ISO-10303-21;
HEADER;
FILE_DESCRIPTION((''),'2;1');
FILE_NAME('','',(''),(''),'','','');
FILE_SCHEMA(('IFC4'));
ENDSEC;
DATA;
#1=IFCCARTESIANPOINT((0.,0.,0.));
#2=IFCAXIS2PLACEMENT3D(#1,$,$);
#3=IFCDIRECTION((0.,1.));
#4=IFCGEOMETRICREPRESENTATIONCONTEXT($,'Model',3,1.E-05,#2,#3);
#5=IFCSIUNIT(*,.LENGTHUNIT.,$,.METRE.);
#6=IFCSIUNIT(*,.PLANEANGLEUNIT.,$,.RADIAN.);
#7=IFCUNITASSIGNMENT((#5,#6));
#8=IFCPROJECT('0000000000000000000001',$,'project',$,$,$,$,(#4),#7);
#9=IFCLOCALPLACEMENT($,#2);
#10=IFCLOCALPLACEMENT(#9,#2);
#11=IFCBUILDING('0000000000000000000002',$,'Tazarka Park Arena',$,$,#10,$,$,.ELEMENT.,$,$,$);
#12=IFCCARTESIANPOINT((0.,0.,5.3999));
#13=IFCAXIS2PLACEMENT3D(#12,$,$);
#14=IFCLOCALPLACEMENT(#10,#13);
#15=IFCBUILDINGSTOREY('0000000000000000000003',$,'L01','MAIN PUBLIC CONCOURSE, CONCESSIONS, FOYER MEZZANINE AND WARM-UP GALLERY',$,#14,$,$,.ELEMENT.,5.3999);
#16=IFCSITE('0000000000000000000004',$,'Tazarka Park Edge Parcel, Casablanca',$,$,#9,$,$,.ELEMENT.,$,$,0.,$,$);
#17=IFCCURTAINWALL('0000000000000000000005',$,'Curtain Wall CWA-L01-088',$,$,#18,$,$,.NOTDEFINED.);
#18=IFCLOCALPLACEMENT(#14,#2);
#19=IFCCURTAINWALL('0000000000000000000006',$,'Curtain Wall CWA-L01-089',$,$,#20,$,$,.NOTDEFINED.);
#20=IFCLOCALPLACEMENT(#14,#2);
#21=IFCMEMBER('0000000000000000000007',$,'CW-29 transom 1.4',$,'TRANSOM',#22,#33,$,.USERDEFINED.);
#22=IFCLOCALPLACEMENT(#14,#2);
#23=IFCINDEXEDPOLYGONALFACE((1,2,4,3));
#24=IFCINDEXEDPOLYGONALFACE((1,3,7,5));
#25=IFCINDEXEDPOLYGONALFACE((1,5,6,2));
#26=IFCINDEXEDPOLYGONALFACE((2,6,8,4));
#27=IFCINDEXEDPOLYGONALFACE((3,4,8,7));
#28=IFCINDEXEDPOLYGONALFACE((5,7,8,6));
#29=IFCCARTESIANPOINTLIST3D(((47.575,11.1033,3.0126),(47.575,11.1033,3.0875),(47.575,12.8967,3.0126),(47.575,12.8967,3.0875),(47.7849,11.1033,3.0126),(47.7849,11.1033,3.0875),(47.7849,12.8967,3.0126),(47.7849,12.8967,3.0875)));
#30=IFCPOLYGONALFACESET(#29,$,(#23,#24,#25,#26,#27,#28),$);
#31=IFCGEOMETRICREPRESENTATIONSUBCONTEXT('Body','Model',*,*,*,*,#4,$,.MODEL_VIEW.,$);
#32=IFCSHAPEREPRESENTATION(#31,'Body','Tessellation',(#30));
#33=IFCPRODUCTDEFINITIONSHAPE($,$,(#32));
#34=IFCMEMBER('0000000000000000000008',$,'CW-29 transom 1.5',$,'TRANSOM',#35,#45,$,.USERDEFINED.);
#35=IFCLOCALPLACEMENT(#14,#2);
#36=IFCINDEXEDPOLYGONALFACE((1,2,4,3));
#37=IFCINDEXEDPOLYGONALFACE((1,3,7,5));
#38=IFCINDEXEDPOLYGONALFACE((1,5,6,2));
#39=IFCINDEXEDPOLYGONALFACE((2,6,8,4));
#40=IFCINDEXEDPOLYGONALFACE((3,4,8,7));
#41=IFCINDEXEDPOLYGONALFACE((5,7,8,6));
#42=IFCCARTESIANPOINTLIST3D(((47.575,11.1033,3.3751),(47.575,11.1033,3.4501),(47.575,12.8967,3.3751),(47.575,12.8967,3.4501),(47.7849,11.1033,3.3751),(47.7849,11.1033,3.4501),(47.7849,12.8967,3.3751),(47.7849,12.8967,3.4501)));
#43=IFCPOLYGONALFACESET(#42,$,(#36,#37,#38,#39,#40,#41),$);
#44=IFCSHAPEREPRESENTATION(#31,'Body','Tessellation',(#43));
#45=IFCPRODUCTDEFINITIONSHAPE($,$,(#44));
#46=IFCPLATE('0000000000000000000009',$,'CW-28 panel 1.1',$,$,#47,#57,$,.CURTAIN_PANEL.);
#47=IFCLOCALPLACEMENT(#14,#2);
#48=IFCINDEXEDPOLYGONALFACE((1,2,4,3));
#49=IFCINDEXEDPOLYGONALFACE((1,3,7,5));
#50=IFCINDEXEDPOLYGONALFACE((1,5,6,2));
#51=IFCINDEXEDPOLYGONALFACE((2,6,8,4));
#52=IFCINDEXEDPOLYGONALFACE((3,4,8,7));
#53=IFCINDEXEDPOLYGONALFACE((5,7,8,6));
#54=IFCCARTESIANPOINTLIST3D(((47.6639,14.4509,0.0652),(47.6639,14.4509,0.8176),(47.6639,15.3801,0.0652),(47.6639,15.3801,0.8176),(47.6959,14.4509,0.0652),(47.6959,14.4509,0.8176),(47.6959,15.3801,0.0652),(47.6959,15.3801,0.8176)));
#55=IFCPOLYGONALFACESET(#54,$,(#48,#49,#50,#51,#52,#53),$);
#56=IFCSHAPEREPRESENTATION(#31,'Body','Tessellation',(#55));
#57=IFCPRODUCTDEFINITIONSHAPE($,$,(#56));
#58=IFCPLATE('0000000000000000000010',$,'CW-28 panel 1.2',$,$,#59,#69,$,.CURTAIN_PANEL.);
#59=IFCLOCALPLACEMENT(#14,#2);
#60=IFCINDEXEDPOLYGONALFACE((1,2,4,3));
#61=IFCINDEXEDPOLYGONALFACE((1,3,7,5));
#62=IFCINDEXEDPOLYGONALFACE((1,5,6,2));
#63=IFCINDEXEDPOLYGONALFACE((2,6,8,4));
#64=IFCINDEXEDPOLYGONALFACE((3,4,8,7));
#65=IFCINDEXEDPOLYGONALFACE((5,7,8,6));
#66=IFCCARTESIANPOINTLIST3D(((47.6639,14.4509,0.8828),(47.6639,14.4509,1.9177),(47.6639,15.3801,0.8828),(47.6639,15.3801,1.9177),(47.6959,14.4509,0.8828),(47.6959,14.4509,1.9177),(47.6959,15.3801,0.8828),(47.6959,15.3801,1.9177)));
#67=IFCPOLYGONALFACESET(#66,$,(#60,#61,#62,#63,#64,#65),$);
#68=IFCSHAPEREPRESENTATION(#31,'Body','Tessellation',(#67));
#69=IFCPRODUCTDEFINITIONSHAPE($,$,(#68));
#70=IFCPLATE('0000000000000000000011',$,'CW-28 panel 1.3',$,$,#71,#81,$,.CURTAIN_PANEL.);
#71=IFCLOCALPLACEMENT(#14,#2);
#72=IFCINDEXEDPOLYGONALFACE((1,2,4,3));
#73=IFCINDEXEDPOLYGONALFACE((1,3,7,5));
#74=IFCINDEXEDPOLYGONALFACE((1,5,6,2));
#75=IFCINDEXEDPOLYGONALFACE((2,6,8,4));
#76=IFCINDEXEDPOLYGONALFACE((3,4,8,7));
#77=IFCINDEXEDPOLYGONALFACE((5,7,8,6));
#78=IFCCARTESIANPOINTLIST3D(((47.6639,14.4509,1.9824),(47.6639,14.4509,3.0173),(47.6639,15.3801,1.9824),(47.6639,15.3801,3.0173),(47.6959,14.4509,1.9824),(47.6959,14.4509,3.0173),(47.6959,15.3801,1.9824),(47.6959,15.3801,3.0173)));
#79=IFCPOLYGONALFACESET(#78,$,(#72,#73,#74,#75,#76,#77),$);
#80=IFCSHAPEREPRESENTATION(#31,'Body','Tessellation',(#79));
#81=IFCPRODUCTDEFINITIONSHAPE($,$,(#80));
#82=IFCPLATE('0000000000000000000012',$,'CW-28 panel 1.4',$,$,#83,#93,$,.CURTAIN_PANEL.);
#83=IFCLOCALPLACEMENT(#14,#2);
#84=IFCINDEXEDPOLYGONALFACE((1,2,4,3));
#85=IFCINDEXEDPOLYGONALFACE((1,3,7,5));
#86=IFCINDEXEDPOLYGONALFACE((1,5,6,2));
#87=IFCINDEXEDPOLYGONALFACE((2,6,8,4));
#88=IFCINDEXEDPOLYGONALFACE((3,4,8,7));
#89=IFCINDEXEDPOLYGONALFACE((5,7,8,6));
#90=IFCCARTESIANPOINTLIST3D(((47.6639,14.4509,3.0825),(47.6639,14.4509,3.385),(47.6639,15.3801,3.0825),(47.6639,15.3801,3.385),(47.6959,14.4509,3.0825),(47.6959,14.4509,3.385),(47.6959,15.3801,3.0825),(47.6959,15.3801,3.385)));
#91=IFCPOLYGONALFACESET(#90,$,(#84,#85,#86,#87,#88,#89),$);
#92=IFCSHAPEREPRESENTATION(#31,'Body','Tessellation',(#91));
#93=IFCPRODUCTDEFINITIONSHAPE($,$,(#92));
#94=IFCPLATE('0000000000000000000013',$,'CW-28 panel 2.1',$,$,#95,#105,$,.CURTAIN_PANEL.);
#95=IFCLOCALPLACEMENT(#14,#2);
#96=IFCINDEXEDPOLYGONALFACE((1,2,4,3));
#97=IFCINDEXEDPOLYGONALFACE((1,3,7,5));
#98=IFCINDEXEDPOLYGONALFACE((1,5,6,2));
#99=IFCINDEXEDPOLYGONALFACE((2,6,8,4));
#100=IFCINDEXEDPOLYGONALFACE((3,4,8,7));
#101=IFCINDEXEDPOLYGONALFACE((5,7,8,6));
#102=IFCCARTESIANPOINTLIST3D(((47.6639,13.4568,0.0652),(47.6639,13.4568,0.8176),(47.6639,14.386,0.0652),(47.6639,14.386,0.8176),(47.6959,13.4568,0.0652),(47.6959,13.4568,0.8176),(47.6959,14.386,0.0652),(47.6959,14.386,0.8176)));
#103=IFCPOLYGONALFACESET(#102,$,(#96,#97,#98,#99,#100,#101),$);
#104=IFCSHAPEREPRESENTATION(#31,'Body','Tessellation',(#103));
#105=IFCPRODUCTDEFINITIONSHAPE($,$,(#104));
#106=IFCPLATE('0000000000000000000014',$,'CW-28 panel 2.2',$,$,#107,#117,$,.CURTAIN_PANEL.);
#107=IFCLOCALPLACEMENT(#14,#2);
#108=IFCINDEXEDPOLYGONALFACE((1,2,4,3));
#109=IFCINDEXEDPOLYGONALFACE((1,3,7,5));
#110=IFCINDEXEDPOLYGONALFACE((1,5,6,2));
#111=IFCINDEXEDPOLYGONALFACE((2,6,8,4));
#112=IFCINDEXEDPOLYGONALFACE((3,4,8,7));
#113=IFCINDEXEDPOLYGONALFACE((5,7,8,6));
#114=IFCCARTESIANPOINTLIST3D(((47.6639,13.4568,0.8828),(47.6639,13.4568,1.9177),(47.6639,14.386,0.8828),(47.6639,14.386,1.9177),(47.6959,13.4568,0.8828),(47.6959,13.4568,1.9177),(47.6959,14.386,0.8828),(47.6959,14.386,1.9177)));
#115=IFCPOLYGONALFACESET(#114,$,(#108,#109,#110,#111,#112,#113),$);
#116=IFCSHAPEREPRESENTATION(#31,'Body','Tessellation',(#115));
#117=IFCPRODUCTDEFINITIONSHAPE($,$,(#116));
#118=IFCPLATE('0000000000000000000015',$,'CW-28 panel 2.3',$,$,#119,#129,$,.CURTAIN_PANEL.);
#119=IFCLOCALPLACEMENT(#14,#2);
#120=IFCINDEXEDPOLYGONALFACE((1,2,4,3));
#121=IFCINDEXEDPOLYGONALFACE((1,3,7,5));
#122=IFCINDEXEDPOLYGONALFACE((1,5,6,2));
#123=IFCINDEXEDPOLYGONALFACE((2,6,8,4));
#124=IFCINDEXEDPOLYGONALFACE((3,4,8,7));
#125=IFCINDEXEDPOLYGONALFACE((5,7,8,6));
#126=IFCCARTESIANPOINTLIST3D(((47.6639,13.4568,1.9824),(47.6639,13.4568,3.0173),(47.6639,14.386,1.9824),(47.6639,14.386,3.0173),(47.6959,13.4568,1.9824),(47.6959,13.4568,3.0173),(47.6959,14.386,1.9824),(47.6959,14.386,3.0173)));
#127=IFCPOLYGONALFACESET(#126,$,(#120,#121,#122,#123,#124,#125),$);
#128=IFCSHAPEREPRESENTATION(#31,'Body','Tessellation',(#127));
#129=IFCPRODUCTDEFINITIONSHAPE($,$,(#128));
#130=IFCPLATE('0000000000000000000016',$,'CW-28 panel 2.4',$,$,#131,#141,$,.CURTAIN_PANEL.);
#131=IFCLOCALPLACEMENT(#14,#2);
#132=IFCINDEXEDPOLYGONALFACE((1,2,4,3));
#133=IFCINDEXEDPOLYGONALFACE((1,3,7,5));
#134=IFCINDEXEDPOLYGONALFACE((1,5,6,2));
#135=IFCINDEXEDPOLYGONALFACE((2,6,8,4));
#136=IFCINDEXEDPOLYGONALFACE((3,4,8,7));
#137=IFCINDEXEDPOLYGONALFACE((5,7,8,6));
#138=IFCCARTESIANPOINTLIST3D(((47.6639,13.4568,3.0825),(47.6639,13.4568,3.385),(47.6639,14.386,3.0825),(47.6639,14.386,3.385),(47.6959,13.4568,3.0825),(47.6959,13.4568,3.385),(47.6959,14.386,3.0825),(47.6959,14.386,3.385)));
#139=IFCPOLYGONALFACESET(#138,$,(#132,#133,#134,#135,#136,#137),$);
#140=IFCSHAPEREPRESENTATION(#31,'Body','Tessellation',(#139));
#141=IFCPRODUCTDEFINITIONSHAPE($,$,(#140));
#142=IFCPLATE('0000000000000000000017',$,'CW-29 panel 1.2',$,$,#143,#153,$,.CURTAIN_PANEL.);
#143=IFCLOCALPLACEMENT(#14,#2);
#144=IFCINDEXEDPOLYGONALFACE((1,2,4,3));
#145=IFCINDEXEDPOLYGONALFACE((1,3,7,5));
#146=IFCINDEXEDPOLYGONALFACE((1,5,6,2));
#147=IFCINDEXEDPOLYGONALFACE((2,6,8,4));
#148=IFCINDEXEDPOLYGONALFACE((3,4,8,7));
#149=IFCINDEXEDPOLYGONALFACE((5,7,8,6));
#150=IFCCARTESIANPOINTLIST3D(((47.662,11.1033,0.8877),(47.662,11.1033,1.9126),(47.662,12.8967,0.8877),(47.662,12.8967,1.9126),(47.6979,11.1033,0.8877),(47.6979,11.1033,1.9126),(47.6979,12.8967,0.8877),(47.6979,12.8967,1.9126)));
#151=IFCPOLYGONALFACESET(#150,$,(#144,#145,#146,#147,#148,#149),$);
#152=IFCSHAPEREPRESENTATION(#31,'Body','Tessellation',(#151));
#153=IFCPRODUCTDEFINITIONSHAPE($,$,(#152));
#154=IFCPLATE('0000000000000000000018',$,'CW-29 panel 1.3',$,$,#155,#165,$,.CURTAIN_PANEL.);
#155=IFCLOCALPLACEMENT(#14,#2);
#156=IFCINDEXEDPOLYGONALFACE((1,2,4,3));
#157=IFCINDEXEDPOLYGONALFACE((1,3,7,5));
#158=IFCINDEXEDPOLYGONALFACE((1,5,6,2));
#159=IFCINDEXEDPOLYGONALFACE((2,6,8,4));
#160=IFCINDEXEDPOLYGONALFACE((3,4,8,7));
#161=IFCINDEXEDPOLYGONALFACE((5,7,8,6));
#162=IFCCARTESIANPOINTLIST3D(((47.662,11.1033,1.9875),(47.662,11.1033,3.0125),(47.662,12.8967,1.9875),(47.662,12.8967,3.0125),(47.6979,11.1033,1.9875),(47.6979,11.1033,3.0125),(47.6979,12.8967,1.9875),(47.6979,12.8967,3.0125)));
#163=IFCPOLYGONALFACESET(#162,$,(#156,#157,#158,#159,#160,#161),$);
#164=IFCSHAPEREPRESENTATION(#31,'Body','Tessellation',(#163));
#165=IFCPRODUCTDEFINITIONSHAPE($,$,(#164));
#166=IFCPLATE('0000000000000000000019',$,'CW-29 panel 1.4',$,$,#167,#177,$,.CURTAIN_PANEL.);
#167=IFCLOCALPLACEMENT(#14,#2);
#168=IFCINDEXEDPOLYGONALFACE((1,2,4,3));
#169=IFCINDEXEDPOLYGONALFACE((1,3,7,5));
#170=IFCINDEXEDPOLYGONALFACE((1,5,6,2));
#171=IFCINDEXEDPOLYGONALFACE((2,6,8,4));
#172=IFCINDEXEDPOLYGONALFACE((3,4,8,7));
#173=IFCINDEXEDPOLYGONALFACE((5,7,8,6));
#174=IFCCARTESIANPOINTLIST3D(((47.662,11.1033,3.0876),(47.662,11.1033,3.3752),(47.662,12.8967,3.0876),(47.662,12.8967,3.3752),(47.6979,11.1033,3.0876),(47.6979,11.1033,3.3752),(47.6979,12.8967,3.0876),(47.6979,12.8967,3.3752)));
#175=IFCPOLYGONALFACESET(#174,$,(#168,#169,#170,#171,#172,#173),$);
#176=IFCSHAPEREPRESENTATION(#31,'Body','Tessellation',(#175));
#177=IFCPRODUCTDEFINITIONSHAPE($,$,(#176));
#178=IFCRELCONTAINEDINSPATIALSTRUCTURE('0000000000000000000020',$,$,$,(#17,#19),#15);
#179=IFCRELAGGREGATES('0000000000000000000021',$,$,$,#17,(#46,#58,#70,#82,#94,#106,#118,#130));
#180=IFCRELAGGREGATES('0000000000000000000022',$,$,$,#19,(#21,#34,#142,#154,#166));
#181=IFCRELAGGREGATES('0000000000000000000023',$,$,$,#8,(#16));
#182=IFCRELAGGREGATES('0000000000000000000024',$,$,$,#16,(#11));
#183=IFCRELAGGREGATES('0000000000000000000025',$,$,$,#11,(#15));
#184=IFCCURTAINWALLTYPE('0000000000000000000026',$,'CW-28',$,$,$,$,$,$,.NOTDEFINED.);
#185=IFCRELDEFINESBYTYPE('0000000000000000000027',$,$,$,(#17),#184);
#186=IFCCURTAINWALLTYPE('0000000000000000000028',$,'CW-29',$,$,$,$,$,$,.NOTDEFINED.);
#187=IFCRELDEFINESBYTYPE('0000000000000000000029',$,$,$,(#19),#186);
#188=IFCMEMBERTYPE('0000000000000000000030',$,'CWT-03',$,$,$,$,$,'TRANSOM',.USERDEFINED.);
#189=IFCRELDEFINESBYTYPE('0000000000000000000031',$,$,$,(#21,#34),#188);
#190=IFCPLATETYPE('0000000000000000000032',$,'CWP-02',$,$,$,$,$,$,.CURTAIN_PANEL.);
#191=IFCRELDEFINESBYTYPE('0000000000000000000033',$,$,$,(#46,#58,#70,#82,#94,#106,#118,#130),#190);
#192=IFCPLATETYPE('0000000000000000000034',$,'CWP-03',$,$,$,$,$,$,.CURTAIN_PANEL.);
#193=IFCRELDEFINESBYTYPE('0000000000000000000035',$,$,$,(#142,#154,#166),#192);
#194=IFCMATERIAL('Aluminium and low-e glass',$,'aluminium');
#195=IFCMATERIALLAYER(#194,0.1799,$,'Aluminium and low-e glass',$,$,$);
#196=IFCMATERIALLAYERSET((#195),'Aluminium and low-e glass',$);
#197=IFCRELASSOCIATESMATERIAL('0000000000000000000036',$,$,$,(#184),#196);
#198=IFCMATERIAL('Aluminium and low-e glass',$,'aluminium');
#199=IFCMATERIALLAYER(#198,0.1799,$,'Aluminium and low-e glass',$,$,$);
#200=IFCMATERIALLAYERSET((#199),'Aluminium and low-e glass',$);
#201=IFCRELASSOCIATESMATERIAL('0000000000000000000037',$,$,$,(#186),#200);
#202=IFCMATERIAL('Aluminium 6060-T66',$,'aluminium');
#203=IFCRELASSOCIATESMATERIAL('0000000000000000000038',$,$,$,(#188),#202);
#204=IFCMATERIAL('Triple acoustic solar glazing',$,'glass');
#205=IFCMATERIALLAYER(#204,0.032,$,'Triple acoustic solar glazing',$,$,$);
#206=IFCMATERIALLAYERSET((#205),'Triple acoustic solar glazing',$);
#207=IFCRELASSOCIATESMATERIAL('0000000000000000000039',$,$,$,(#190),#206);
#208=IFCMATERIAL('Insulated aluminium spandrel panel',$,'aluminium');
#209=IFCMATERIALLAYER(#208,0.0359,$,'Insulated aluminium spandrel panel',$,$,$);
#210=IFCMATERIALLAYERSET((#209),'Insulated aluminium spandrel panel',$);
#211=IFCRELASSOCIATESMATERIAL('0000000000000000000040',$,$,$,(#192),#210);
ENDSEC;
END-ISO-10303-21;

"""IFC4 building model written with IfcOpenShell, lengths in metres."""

from ifc_helpers import new_model, si_unit, direction, frame, origin, origin_2d, place, context, subcontext, project, spatial, rectangle, extrude, material, layer, layer_set, material_profile, profile_set, type_object, element, aggregate, save


model = new_model("IFC4")

# Units and contexts
model_context = context("Model", 3, precision=1e-05, world=origin(), true_north=direction((0.0, 1.0)))
body_context = subcontext(model_context, "Body", "Model", "MODEL_VIEW")
ifc_project = project(units=[si_unit("LENGTHUNIT", "METRE"), si_unit("PLANEANGLEUNIT", "RADIAN")], contexts=[model_context])

# Site, building, storey
site_placement = place(None, origin())
site = spatial("IfcSite", under=ifc_project, at=site_placement, Name="Tazarka Park Edge Parcel, Casablanca", CompositionType="ELEMENT", RefElevation=0.0)
building_placement = place(site_placement, origin())
building = spatial("IfcBuilding", under=site, at=building_placement, Name="Tazarka Park Arena", CompositionType="ELEMENT")
storey_placement = place(building_placement, frame((0.0, 0.0, 5.3999)))
storey = spatial("IfcBuildingStorey", under=building, at=storey_placement, Name="L01", Description="MAIN PUBLIC CONCOURSE, CONCESSIONS, FOYER MEZZANINE AND WARM-UP GALLERY", CompositionType="ELEMENT", Elevation=5.3999)

# Curtain wall
ifc_material_1 = material(Name="Aluminium and low-e glass", Category="aluminium")
ifc_layer_1 = layer(ifc_material_1, 0.1799, Name="Aluminium and low-e glass")
ifc_layer_set_1 = layer_set([ifc_layer_1], Name="Aluminium and low-e glass")
curtain_wall_type_1 = type_object("IfcCurtainWallType", Name="CW-28", PredefinedType="NOTDEFINED", material=ifc_layer_set_1)
curtain_wall_1_placement = place(storey_placement, origin())
curtain_wall_1 = element("IfcCurtainWall", 1, at=curtain_wall_1_placement, inside=storey, type_object=curtain_wall_type_1, Name="Curtain Wall CWA-L01-088", PredefinedType="NOTDEFINED")

# Curtain wall
ifc_material_2 = material(Name="Aluminium and low-e glass", Category="aluminium")
ifc_layer_2 = layer(ifc_material_2, 0.1799, Name="Aluminium and low-e glass")
ifc_layer_set_2 = layer_set([ifc_layer_2], Name="Aluminium and low-e glass")
curtain_wall_type_2 = type_object("IfcCurtainWallType", Name="CW-29", PredefinedType="NOTDEFINED", material=ifc_layer_set_2)
curtain_wall_2_placement = place(storey_placement, origin())
curtain_wall_2 = element("IfcCurtainWall", 2, at=curtain_wall_2_placement, inside=storey, type_object=curtain_wall_type_2, Name="Curtain Wall CWA-L01-089", PredefinedType="NOTDEFINED")

# Members
ifc_material_3 = material(Name="Aluminium 6060-T66", Category="aluminium")
ifc_material_profile_1 = material_profile(ifc_material_3, rectangle(XDim=0.21, YDim=0.075, at=origin_2d()), Name="Aluminium 6060-T66")
ifc_profile_set_1 = profile_set([ifc_material_profile_1], Name="Aluminium 6060-T66")
member_type_1 = type_object("IfcMemberType", Name="CWT-03", ElementType="TRANSOM", PredefinedType="USERDEFINED", material=ifc_profile_set_1)
member_1_placement = place(storey_placement, frame((47.6799, 12.8967, 3.05), z_axis=(0.0, -1.0, 0.0), x_axis=(1.0, 0.0, 0.0)))
member_1 = element("IfcMember", 3, at=member_1_placement, type_object=member_type_1, Name="CW-29 transom 1.4", ObjectType="TRANSOM", PredefinedType="USERDEFINED", context=body_context, shape_type="SweptSolid", body=[
    extrude(rectangle(XDim=0.21, YDim=0.075, at=origin_2d()), origin(), (0.0, 0.0, 1.0), 1.7935),
])
member_2_placement = place(storey_placement, frame((47.6799, 12.8967, 3.4126), z_axis=(0.0, -1.0, 0.0), x_axis=(1.0, 0.0, 0.0)))
member_2 = element("IfcMember", 4, at=member_2_placement, type_object=member_type_1, Name="CW-29 transom 1.5", ObjectType="TRANSOM", PredefinedType="USERDEFINED", context=body_context, shape_type="SweptSolid", body=[
    extrude(rectangle(XDim=0.21, YDim=0.075, at=origin_2d()), origin(), (0.0, 0.0, 1.0), 1.7935),
])

# Plates
ifc_material_4 = material(Name="Triple acoustic solar glazing", Category="glass")
ifc_layer_3 = layer(ifc_material_4, 0.032, Name="Triple acoustic solar glazing")
ifc_layer_set_3 = layer_set([ifc_layer_3], Name="Triple acoustic solar glazing")
plate_type_1 = type_object("IfcPlateType", Name="CWP-02", PredefinedType="CURTAIN_PANEL", material=ifc_layer_set_3)
plate_1_placement = place(storey_placement, frame((47.6799, 14.9155, 0.0652), z_axis=(0.0, 0.0, 1.0), x_axis=(0.0, -1.0, 0.0)))
plate_1 = element("IfcPlate", 5, at=plate_1_placement, type_object=plate_type_1, Name="CW-28 panel 1.1", PredefinedType="CURTAIN_PANEL", context=body_context, shape_type="SweptSolid", body=[
    extrude(rectangle(XDim=0.9292, YDim=0.032, at=origin_2d()), origin(), (0.0, 0.0, 1.0), 0.7524),
])
plate_2_placement = place(storey_placement, frame((47.6799, 14.9155, 0.8828), z_axis=(0.0, 0.0, 1.0), x_axis=(0.0, -1.0, 0.0)))
plate_2 = element("IfcPlate", 6, at=plate_2_placement, type_object=plate_type_1, Name="CW-28 panel 1.2", PredefinedType="CURTAIN_PANEL", context=body_context, shape_type="SweptSolid", body=[
    extrude(rectangle(XDim=0.9292, YDim=0.032, at=origin_2d()), origin(), (0.0, 0.0, 1.0), 1.0349),
])
plate_3_placement = place(storey_placement, frame((47.6799, 14.9155, 1.9824), z_axis=(0.0, 0.0, 1.0), x_axis=(0.0, -1.0, 0.0)))
plate_3 = element("IfcPlate", 7, at=plate_3_placement, type_object=plate_type_1, Name="CW-28 panel 1.3", PredefinedType="CURTAIN_PANEL", context=body_context, shape_type="SweptSolid", body=[
    extrude(rectangle(XDim=0.9292, YDim=0.032, at=origin_2d()), origin(), (0.0, 0.0, 1.0), 1.0349),
])
plate_4_placement = place(storey_placement, frame((47.6799, 14.9155, 3.0825), z_axis=(0.0, 0.0, 1.0), x_axis=(0.0, -1.0, 0.0)))
plate_4 = element("IfcPlate", 8, at=plate_4_placement, type_object=plate_type_1, Name="CW-28 panel 1.4", PredefinedType="CURTAIN_PANEL", context=body_context, shape_type="SweptSolid", body=[
    extrude(rectangle(XDim=0.9292, YDim=0.032, at=origin_2d()), origin(), (0.0, 0.0, 1.0), 0.3025),
])
plate_5_placement = place(storey_placement, frame((47.6799, 13.9214, 0.0652), z_axis=(0.0, 0.0, 1.0), x_axis=(0.0, -1.0, 0.0)))
plate_5 = element("IfcPlate", 9, at=plate_5_placement, type_object=plate_type_1, Name="CW-28 panel 2.1", PredefinedType="CURTAIN_PANEL", context=body_context, shape_type="SweptSolid", body=[
    extrude(rectangle(XDim=0.9292, YDim=0.032, at=origin_2d()), origin(), (0.0, 0.0, 1.0), 0.7524),
])
plate_6_placement = place(storey_placement, frame((47.6799, 13.9214, 0.8828), z_axis=(0.0, 0.0, 1.0), x_axis=(0.0, -1.0, 0.0)))
plate_6 = element("IfcPlate", 10, at=plate_6_placement, type_object=plate_type_1, Name="CW-28 panel 2.2", PredefinedType="CURTAIN_PANEL", context=body_context, shape_type="SweptSolid", body=[
    extrude(rectangle(XDim=0.9292, YDim=0.032, at=origin_2d()), origin(), (0.0, 0.0, 1.0), 1.0349),
])
plate_7_placement = place(storey_placement, frame((47.6799, 13.9214, 1.9824), z_axis=(0.0, 0.0, 1.0), x_axis=(0.0, -1.0, 0.0)))
plate_7 = element("IfcPlate", 11, at=plate_7_placement, type_object=plate_type_1, Name="CW-28 panel 2.3", PredefinedType="CURTAIN_PANEL", context=body_context, shape_type="SweptSolid", body=[
    extrude(rectangle(XDim=0.9292, YDim=0.032, at=origin_2d()), origin(), (0.0, 0.0, 1.0), 1.0349),
])
plate_8_placement = place(storey_placement, frame((47.6799, 13.9214, 3.0825), z_axis=(0.0, 0.0, 1.0), x_axis=(0.0, -1.0, 0.0)))
plate_8 = element("IfcPlate", 12, at=plate_8_placement, type_object=plate_type_1, Name="CW-28 panel 2.4", PredefinedType="CURTAIN_PANEL", context=body_context, shape_type="SweptSolid", body=[
    extrude(rectangle(XDim=0.9292, YDim=0.032, at=origin_2d()), origin(), (0.0, 0.0, 1.0), 0.3025),
])
aggregate(curtain_wall_1, [plate_1, plate_2, plate_3, plate_4, plate_5, plate_6, plate_7, plate_8])
ifc_material_5 = material(Name="Insulated aluminium spandrel panel", Category="aluminium")
ifc_layer_4 = layer(ifc_material_5, 0.0359, Name="Insulated aluminium spandrel panel")
ifc_layer_set_4 = layer_set([ifc_layer_4], Name="Insulated aluminium spandrel panel")
plate_type_2 = type_object("IfcPlateType", Name="CWP-03", PredefinedType="CURTAIN_PANEL", material=ifc_layer_set_4)
plate_9_placement = place(storey_placement, frame((47.6799, 12.0, 0.8877), z_axis=(0.0, 0.0, 1.0), x_axis=(0.0, -1.0, 0.0)))
plate_9 = element("IfcPlate", 13, at=plate_9_placement, type_object=plate_type_2, Name="CW-29 panel 1.2", PredefinedType="CURTAIN_PANEL", context=body_context, shape_type="SweptSolid", body=[
    extrude(rectangle(XDim=1.7935, YDim=0.0359, at=origin_2d()), origin(), (0.0, 0.0, 1.0), 1.0249),
])
plate_10_placement = place(storey_placement, frame((47.6799, 12.0, 1.9875), z_axis=(0.0, 0.0, 1.0), x_axis=(0.0, -1.0, 0.0)))
plate_10 = element("IfcPlate", 14, at=plate_10_placement, type_object=plate_type_2, Name="CW-29 panel 1.3", PredefinedType="CURTAIN_PANEL", context=body_context, shape_type="SweptSolid", body=[
    extrude(rectangle(XDim=1.7935, YDim=0.0359, at=origin_2d()), origin(), (0.0, 0.0, 1.0), 1.0249),
])
plate_11_placement = place(storey_placement, frame((47.6799, 12.0, 3.0876), z_axis=(0.0, 0.0, 1.0), x_axis=(0.0, -1.0, 0.0)))
plate_11 = element("IfcPlate", 15, at=plate_11_placement, type_object=plate_type_2, Name="CW-29 panel 1.4", PredefinedType="CURTAIN_PANEL", context=body_context, shape_type="SweptSolid", body=[
    extrude(rectangle(XDim=1.7935, YDim=0.0359, at=origin_2d()), origin(), (0.0, 0.0, 1.0), 0.2876),
])
aggregate(curtain_wall_2, [member_1, member_2, plate_9, plate_10, plate_11])

save(model, "model.ifc")
